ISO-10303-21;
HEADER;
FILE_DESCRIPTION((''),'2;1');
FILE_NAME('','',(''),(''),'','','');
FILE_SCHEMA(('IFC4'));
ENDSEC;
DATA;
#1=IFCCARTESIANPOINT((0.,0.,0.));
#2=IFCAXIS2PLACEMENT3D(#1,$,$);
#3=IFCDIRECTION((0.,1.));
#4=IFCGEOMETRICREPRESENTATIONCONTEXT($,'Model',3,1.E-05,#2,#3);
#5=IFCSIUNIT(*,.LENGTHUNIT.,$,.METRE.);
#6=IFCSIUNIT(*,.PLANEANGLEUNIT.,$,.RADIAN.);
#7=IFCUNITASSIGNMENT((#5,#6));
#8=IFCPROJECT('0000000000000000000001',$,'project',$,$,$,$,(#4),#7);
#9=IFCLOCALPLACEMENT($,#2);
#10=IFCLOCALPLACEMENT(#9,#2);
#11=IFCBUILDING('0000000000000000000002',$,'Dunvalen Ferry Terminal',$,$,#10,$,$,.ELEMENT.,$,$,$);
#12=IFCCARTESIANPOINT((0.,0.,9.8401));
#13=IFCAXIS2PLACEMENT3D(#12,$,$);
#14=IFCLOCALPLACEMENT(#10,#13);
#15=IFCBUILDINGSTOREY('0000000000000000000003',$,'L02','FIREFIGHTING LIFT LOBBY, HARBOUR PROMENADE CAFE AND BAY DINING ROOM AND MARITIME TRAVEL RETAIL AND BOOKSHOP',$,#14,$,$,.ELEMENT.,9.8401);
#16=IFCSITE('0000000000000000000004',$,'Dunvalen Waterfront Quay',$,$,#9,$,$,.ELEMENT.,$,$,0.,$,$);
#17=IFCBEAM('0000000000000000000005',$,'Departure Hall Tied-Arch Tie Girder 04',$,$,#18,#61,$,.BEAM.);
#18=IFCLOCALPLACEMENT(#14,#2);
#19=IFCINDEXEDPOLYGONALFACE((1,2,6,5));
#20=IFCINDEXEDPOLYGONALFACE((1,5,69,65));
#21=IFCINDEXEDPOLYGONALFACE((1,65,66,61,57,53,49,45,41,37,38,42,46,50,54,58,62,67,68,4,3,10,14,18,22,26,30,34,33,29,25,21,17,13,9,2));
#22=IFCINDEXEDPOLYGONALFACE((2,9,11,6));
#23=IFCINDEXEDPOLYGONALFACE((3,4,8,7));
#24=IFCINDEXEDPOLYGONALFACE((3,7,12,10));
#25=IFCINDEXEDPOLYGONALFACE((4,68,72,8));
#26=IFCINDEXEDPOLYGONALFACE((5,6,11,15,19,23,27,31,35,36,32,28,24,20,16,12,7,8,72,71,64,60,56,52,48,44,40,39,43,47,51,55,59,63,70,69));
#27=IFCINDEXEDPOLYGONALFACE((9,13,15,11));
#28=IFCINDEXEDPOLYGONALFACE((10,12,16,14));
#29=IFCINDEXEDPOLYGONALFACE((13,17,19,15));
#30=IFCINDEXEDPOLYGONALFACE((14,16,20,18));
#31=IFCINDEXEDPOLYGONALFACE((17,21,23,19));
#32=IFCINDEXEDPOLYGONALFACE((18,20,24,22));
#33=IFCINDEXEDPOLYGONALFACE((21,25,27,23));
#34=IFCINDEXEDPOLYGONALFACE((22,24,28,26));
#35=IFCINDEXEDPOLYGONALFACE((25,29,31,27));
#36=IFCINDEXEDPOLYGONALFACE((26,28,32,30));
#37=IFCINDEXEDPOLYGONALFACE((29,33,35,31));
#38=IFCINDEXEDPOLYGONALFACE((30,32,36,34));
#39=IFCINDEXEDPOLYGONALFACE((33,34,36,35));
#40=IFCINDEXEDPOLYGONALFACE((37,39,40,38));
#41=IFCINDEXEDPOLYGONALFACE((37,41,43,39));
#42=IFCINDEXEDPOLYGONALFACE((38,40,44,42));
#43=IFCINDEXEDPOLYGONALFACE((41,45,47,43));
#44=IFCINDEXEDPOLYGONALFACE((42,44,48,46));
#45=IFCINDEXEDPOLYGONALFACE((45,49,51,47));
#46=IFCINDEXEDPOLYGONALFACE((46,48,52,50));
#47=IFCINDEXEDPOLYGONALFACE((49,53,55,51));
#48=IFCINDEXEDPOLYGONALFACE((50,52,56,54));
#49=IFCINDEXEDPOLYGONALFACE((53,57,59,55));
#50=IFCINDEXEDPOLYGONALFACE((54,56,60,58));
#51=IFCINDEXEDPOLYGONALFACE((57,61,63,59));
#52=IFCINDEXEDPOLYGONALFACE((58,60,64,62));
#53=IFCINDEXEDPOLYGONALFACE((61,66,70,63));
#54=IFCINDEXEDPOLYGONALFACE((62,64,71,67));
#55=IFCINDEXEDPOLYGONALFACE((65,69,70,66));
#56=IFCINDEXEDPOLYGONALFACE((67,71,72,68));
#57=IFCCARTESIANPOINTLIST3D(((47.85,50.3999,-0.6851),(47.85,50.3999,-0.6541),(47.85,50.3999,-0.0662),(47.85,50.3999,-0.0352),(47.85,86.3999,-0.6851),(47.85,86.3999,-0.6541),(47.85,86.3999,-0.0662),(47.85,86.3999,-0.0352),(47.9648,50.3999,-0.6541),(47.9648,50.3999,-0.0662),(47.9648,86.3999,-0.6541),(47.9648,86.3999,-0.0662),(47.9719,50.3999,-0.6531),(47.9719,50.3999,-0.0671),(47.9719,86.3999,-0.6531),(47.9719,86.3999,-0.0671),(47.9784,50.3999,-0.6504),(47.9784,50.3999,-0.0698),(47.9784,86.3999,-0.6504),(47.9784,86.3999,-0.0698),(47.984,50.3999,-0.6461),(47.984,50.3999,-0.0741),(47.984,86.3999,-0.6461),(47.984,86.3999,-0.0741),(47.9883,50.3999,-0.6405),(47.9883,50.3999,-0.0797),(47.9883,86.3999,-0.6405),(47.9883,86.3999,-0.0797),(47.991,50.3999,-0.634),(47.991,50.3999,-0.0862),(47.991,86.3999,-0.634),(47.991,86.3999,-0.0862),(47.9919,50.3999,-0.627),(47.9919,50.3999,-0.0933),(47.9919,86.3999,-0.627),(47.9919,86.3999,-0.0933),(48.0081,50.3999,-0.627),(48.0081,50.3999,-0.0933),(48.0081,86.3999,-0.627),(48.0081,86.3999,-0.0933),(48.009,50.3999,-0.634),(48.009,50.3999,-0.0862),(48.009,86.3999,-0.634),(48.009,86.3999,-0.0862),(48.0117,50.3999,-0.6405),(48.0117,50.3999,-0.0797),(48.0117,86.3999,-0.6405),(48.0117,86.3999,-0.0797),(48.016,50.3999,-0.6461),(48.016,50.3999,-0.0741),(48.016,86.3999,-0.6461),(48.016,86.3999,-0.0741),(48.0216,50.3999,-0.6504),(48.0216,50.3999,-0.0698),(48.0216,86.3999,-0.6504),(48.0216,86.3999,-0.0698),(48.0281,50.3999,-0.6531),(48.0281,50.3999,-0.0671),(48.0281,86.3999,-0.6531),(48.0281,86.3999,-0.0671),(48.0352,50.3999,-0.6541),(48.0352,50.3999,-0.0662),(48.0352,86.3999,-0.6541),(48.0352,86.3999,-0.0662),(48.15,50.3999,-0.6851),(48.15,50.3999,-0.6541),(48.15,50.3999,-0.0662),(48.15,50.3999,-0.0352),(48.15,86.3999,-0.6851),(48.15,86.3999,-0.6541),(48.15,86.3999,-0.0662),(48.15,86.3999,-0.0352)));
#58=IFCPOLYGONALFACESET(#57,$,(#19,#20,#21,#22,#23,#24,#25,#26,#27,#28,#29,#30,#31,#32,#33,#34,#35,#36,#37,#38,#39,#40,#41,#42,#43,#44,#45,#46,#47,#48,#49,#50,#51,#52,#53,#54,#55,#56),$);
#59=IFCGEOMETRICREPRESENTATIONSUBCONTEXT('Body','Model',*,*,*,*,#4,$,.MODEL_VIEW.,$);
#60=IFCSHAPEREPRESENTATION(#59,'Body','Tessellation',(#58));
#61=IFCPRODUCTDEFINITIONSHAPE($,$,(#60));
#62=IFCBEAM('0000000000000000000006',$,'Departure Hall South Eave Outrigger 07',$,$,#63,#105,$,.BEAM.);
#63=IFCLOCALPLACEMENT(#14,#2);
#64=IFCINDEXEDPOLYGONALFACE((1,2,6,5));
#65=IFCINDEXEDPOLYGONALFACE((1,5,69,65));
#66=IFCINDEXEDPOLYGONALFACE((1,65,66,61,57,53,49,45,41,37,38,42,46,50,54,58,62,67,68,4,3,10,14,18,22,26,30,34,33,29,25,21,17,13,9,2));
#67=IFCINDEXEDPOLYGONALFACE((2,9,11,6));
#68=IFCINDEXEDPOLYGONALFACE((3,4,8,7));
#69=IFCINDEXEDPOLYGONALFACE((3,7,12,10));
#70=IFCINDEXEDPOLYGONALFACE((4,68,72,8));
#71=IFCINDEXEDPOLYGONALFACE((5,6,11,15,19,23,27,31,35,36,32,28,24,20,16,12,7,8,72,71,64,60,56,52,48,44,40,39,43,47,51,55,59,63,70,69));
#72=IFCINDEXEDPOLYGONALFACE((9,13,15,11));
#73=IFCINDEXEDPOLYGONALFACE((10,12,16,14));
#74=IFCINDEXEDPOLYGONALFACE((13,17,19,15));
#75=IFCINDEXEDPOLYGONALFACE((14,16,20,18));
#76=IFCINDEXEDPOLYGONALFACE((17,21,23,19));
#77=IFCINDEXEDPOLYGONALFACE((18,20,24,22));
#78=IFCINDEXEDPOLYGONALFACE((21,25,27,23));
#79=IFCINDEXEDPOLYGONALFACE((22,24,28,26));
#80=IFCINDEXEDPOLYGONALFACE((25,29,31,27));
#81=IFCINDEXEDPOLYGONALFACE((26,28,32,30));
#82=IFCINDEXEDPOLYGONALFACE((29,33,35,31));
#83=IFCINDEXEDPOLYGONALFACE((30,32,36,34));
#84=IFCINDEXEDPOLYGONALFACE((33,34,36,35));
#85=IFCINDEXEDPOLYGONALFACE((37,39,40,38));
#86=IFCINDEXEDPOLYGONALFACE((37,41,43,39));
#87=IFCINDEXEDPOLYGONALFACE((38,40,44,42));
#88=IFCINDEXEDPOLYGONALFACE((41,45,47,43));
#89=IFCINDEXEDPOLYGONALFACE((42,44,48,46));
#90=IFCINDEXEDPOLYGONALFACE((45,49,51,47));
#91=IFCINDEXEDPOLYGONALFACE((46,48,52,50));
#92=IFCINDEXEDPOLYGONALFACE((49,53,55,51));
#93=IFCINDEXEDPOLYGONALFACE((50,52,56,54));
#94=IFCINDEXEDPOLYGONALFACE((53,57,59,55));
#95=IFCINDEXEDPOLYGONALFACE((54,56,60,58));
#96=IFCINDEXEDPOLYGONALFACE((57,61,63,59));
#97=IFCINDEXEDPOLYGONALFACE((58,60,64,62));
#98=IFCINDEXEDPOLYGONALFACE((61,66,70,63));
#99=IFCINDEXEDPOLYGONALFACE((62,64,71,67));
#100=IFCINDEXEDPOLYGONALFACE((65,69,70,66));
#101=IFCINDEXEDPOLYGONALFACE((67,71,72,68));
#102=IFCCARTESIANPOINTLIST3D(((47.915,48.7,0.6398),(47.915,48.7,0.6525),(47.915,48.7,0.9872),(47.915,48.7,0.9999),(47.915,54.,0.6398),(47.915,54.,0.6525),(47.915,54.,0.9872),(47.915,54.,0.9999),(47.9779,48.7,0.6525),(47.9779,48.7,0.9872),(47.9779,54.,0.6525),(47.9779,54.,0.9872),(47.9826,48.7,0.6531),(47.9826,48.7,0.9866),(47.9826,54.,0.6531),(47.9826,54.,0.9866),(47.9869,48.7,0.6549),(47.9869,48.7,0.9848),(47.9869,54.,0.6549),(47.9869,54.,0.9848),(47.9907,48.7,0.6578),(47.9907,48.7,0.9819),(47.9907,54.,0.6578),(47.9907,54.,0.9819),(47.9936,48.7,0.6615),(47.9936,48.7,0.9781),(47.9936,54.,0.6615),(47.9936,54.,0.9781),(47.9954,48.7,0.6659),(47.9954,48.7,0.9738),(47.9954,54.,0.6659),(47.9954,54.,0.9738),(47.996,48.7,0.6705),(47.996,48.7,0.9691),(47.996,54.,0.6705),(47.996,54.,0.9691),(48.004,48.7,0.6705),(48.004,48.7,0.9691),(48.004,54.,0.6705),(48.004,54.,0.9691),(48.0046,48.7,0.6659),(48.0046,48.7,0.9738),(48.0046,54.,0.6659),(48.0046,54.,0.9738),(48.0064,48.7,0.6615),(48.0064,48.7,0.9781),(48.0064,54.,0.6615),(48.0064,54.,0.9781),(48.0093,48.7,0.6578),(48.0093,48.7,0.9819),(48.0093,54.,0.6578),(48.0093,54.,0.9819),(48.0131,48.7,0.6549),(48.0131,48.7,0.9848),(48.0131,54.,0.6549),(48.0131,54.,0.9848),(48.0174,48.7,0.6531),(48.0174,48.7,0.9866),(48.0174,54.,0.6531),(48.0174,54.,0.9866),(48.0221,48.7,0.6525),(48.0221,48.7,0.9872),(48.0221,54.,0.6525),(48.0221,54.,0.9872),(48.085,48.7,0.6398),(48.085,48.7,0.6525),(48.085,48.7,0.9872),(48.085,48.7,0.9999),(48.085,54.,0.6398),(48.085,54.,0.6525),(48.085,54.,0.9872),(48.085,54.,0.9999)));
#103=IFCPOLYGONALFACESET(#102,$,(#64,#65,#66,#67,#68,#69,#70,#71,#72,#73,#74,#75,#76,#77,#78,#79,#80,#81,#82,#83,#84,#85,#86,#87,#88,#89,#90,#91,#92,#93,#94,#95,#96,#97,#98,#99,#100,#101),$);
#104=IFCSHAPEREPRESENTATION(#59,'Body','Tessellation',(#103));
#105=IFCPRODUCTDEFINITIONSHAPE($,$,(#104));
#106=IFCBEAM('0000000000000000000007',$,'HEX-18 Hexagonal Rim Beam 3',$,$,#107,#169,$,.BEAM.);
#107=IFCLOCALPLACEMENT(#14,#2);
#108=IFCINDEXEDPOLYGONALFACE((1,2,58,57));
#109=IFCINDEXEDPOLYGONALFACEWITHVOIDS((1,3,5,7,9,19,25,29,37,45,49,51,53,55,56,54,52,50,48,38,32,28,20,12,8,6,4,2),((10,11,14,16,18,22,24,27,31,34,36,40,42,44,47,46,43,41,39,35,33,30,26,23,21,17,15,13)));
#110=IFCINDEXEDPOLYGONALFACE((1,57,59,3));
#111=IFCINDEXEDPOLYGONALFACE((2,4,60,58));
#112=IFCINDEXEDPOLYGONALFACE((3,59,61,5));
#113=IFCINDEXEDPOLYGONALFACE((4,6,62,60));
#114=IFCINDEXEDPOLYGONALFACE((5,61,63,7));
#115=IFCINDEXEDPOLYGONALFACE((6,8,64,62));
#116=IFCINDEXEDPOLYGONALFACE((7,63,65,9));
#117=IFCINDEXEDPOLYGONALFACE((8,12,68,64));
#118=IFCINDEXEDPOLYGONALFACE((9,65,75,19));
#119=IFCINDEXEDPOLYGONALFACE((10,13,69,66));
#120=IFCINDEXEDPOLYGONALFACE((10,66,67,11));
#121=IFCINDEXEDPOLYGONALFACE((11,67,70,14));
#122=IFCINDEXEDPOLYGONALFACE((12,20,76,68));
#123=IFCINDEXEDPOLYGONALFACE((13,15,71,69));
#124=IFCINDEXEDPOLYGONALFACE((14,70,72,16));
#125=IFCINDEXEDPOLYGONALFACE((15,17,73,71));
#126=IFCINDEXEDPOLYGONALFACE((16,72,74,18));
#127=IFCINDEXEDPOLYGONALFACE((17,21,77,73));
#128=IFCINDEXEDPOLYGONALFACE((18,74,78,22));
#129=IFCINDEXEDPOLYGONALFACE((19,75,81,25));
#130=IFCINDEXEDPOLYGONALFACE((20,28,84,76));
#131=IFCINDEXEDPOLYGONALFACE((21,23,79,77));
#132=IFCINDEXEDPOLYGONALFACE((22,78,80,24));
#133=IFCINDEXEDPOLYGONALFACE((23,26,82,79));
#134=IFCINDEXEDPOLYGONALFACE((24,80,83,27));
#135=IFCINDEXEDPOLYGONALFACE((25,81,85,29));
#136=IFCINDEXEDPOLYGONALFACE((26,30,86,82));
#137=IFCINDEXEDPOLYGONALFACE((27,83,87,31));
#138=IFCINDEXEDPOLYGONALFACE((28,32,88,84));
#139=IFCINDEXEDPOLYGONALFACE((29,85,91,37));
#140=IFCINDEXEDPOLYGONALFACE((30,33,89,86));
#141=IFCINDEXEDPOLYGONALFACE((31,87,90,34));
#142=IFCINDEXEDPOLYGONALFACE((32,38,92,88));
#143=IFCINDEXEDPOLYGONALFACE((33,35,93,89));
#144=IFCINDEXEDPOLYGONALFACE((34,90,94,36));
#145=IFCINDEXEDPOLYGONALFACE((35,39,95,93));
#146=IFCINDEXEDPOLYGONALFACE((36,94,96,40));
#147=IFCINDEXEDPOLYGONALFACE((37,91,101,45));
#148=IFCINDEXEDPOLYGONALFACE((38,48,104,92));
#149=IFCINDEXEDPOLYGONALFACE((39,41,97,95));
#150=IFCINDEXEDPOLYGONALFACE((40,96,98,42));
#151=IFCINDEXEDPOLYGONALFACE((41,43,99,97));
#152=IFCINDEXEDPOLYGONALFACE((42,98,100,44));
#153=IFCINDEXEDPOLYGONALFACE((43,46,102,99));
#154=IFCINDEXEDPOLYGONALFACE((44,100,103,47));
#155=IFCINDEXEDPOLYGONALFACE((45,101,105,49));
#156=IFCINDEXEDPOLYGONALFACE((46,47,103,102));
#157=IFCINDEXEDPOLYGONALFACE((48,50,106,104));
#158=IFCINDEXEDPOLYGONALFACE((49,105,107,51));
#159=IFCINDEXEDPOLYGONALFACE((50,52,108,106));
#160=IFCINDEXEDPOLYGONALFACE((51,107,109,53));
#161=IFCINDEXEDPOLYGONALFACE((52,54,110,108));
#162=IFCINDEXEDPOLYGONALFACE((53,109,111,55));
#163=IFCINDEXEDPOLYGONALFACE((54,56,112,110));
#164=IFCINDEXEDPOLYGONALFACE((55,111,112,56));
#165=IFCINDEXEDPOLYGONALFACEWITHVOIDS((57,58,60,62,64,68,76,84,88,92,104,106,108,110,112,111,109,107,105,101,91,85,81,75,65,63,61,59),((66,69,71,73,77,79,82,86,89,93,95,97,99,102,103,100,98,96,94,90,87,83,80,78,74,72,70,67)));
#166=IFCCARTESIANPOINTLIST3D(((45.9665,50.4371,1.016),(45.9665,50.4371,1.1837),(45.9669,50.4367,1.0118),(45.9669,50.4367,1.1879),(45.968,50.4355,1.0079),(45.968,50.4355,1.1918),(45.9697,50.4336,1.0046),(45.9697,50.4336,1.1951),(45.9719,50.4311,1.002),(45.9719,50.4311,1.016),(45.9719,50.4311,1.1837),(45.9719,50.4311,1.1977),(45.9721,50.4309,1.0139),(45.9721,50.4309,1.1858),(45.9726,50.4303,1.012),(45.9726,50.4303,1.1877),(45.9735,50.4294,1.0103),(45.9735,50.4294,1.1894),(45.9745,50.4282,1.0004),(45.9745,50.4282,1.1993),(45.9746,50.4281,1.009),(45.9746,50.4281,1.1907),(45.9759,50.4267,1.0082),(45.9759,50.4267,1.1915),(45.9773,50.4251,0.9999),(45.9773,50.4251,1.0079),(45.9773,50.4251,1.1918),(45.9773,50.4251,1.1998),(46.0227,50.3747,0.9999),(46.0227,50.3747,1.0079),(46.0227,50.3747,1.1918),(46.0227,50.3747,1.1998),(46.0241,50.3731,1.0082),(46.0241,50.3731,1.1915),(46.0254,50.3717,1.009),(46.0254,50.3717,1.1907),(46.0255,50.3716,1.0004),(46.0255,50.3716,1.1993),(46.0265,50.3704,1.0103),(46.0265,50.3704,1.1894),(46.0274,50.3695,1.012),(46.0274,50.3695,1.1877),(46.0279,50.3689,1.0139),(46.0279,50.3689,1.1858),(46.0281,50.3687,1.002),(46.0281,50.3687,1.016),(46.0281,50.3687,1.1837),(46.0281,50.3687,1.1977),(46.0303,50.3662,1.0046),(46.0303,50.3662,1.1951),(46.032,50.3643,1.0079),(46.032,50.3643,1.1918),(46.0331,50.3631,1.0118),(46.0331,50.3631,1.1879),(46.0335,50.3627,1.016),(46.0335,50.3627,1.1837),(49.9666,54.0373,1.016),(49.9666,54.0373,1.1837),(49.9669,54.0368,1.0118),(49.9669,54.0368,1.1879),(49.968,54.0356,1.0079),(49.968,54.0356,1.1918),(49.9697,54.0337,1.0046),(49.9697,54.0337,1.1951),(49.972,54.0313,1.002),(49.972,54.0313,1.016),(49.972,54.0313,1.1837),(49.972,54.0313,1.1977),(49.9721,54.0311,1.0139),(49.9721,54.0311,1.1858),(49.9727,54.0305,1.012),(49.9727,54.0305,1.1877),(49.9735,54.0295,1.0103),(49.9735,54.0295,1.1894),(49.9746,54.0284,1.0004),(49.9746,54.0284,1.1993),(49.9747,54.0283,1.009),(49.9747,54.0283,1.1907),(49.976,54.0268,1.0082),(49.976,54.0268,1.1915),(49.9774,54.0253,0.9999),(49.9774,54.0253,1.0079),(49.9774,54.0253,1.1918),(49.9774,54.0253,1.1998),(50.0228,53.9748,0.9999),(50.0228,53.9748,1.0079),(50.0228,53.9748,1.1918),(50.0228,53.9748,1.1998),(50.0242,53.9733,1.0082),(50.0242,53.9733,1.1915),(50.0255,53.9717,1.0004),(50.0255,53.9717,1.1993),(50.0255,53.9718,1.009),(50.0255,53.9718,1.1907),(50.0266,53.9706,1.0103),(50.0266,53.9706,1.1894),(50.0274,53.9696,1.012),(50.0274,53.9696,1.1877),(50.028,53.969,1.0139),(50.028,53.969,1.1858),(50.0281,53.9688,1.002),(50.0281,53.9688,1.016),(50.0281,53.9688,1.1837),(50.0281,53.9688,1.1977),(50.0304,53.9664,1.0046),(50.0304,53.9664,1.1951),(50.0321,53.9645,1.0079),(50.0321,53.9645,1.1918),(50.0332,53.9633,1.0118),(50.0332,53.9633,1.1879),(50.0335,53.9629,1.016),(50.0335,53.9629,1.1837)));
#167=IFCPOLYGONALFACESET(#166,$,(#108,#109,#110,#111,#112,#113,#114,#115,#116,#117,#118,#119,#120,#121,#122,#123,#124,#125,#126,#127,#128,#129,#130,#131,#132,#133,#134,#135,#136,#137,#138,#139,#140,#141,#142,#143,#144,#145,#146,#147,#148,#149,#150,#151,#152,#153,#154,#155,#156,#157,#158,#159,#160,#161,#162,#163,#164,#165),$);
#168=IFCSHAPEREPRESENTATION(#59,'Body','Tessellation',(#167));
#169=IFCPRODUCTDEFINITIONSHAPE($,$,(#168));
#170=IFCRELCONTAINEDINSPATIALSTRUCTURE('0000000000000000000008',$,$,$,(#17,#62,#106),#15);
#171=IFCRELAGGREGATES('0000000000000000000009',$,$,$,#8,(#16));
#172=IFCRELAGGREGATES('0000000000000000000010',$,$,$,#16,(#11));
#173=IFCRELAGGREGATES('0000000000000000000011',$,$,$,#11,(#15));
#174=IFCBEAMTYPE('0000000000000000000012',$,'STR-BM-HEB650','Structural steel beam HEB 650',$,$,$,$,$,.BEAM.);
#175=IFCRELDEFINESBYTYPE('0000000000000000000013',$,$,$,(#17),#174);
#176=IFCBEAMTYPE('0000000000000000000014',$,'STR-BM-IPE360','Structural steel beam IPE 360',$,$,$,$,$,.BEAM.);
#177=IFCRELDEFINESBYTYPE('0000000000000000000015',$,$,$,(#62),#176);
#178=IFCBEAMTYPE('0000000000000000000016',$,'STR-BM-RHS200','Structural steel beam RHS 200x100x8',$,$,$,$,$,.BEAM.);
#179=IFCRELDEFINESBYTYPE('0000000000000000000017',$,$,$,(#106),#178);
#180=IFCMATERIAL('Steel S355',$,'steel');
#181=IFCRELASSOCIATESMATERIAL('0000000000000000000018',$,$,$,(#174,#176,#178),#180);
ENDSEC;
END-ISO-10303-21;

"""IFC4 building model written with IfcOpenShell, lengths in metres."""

from ifc_helpers import new_model, si_unit, direction, frame, origin, origin_2d, place, context, subcontext, project, spatial, hollow_rectangle, i_section, extrude, material, material_profile, profile_set, type_object, element, save


model = new_model("IFC4")

# Units and contexts
model_context = context("Model", 3, precision=1e-05, world=origin(), true_north=direction((0.0, 1.0)))
body_context = subcontext(model_context, "Body", "Model", "MODEL_VIEW")
ifc_project = project(units=[si_unit("LENGTHUNIT", "METRE"), si_unit("PLANEANGLEUNIT", "RADIAN")], contexts=[model_context])

# Site, building, storey
site_placement = place(None, origin())
site = spatial("IfcSite", under=ifc_project, at=site_placement, Name="Dunvalen Waterfront Quay", CompositionType="ELEMENT", RefElevation=0.0)
building_placement = place(site_placement, origin())
building = spatial("IfcBuilding", under=site, at=building_placement, Name="Dunvalen Ferry Terminal", CompositionType="ELEMENT")
storey_placement = place(building_placement, frame((0.0, 0.0, 9.8401)))
storey = spatial("IfcBuildingStorey", under=building, at=storey_placement, Name="L02", Description="FIREFIGHTING LIFT LOBBY, HARBOUR PROMENADE CAFE AND BAY DINING ROOM AND MARITIME TRAVEL RETAIL AND BOOKSHOP", CompositionType="ELEMENT", Elevation=9.8401)

# Beams
ifc_material_1 = material(Name="Steel S355", Category="steel")
ifc_material_profile_1 = material_profile(ifc_material_1, i_section(OverallWidth=0.3, OverallDepth=0.6499, WebThickness=0.0161, FlangeThickness=0.031, FilletRadius=0.0271, at=origin_2d()), Name="Steel S355")
ifc_profile_set_1 = profile_set([ifc_material_profile_1], Name="Steel S355")
beam_type_1 = type_object("IfcBeamType", Name="STR-BM-HEB650", Description="Structural steel beam HEB 650", PredefinedType="BEAM", material=ifc_profile_set_1)
beam_1_placement = place(storey_placement, frame((48.0, 50.3999, -0.3601), z_axis=(0.0, 1.0, 0.0), x_axis=(-1.0, 0.0, 0.0)))
element("IfcBeam", 1, at=beam_1_placement, inside=storey, type_object=beam_type_1, Name="Departure Hall Tied-Arch Tie Girder 04", PredefinedType="BEAM", context=body_context, shape_type="SweptSolid", body=[
    extrude(i_section(OverallWidth=0.3, OverallDepth=0.6499, WebThickness=0.0161, FlangeThickness=0.031, FilletRadius=0.0271, at=origin_2d()), origin(), (0.0, 0.0, 1.0), 36.0),
])
ifc_material_profile_2 = material_profile(ifc_material_1, i_section(OverallWidth=0.1699, OverallDepth=0.3601, WebThickness=0.0081, FlangeThickness=0.0127, FilletRadius=0.0181, at=origin_2d()), Name="Steel S355")
ifc_profile_set_2 = profile_set([ifc_material_profile_2], Name="Steel S355")
beam_type_2 = type_object("IfcBeamType", Name="STR-BM-IPE360", Description="Structural steel beam IPE 360", PredefinedType="BEAM", material=ifc_profile_set_2)
beam_2_placement = place(storey_placement, frame((48.0, 54.0, 0.8198), z_axis=(0.0, -1.0, 0.0), x_axis=(1.0, 0.0, 0.0)))
element("IfcBeam", 2, at=beam_2_placement, inside=storey, type_object=beam_type_2, Name="Departure Hall South Eave Outrigger 07", PredefinedType="BEAM", context=body_context, shape_type="SweptSolid", body=[
    extrude(i_section(OverallWidth=0.1699, OverallDepth=0.3601, WebThickness=0.0081, FlangeThickness=0.0127, FilletRadius=0.0181, at=origin_2d()), origin(), (0.0, 0.0, 1.0), 5.3),
])
ifc_material_profile_3 = material_profile(ifc_material_1, hollow_rectangle(XDim=0.1001, YDim=0.2, WallThickness=0.0081, InnerFilletRadius=0.0081, OuterFilletRadius=0.0161, at=origin_2d()), Name="Steel S355")
ifc_profile_set_3 = profile_set([ifc_material_profile_3], Name="Steel S355")
beam_type_3 = type_object("IfcBeamType", Name="STR-BM-RHS200", Description="Structural steel beam RHS 200x100x8", PredefinedType="BEAM", material=ifc_profile_set_3)
beam_3_placement = place(storey_placement, frame((46.0, 50.3999, 1.0999), z_axis=(0.743285, 0.668975, 0.0), x_axis=(-0.668975, 0.743285, 0.0)))
element("IfcBeam", 3, at=beam_3_placement, inside=storey, type_object=beam_type_3, Name="HEX-18 Hexagonal Rim Beam 3", PredefinedType="BEAM", context=body_context, shape_type="SweptSolid", body=[
    extrude(hollow_rectangle(XDim=0.1001, YDim=0.2, WallThickness=0.0081, InnerFilletRadius=0.0081, OuterFilletRadius=0.0161, at=origin_2d()), origin(), (0.0, 0.0, 1.0), 5.3816),
])

save(model, "model.ifc")
